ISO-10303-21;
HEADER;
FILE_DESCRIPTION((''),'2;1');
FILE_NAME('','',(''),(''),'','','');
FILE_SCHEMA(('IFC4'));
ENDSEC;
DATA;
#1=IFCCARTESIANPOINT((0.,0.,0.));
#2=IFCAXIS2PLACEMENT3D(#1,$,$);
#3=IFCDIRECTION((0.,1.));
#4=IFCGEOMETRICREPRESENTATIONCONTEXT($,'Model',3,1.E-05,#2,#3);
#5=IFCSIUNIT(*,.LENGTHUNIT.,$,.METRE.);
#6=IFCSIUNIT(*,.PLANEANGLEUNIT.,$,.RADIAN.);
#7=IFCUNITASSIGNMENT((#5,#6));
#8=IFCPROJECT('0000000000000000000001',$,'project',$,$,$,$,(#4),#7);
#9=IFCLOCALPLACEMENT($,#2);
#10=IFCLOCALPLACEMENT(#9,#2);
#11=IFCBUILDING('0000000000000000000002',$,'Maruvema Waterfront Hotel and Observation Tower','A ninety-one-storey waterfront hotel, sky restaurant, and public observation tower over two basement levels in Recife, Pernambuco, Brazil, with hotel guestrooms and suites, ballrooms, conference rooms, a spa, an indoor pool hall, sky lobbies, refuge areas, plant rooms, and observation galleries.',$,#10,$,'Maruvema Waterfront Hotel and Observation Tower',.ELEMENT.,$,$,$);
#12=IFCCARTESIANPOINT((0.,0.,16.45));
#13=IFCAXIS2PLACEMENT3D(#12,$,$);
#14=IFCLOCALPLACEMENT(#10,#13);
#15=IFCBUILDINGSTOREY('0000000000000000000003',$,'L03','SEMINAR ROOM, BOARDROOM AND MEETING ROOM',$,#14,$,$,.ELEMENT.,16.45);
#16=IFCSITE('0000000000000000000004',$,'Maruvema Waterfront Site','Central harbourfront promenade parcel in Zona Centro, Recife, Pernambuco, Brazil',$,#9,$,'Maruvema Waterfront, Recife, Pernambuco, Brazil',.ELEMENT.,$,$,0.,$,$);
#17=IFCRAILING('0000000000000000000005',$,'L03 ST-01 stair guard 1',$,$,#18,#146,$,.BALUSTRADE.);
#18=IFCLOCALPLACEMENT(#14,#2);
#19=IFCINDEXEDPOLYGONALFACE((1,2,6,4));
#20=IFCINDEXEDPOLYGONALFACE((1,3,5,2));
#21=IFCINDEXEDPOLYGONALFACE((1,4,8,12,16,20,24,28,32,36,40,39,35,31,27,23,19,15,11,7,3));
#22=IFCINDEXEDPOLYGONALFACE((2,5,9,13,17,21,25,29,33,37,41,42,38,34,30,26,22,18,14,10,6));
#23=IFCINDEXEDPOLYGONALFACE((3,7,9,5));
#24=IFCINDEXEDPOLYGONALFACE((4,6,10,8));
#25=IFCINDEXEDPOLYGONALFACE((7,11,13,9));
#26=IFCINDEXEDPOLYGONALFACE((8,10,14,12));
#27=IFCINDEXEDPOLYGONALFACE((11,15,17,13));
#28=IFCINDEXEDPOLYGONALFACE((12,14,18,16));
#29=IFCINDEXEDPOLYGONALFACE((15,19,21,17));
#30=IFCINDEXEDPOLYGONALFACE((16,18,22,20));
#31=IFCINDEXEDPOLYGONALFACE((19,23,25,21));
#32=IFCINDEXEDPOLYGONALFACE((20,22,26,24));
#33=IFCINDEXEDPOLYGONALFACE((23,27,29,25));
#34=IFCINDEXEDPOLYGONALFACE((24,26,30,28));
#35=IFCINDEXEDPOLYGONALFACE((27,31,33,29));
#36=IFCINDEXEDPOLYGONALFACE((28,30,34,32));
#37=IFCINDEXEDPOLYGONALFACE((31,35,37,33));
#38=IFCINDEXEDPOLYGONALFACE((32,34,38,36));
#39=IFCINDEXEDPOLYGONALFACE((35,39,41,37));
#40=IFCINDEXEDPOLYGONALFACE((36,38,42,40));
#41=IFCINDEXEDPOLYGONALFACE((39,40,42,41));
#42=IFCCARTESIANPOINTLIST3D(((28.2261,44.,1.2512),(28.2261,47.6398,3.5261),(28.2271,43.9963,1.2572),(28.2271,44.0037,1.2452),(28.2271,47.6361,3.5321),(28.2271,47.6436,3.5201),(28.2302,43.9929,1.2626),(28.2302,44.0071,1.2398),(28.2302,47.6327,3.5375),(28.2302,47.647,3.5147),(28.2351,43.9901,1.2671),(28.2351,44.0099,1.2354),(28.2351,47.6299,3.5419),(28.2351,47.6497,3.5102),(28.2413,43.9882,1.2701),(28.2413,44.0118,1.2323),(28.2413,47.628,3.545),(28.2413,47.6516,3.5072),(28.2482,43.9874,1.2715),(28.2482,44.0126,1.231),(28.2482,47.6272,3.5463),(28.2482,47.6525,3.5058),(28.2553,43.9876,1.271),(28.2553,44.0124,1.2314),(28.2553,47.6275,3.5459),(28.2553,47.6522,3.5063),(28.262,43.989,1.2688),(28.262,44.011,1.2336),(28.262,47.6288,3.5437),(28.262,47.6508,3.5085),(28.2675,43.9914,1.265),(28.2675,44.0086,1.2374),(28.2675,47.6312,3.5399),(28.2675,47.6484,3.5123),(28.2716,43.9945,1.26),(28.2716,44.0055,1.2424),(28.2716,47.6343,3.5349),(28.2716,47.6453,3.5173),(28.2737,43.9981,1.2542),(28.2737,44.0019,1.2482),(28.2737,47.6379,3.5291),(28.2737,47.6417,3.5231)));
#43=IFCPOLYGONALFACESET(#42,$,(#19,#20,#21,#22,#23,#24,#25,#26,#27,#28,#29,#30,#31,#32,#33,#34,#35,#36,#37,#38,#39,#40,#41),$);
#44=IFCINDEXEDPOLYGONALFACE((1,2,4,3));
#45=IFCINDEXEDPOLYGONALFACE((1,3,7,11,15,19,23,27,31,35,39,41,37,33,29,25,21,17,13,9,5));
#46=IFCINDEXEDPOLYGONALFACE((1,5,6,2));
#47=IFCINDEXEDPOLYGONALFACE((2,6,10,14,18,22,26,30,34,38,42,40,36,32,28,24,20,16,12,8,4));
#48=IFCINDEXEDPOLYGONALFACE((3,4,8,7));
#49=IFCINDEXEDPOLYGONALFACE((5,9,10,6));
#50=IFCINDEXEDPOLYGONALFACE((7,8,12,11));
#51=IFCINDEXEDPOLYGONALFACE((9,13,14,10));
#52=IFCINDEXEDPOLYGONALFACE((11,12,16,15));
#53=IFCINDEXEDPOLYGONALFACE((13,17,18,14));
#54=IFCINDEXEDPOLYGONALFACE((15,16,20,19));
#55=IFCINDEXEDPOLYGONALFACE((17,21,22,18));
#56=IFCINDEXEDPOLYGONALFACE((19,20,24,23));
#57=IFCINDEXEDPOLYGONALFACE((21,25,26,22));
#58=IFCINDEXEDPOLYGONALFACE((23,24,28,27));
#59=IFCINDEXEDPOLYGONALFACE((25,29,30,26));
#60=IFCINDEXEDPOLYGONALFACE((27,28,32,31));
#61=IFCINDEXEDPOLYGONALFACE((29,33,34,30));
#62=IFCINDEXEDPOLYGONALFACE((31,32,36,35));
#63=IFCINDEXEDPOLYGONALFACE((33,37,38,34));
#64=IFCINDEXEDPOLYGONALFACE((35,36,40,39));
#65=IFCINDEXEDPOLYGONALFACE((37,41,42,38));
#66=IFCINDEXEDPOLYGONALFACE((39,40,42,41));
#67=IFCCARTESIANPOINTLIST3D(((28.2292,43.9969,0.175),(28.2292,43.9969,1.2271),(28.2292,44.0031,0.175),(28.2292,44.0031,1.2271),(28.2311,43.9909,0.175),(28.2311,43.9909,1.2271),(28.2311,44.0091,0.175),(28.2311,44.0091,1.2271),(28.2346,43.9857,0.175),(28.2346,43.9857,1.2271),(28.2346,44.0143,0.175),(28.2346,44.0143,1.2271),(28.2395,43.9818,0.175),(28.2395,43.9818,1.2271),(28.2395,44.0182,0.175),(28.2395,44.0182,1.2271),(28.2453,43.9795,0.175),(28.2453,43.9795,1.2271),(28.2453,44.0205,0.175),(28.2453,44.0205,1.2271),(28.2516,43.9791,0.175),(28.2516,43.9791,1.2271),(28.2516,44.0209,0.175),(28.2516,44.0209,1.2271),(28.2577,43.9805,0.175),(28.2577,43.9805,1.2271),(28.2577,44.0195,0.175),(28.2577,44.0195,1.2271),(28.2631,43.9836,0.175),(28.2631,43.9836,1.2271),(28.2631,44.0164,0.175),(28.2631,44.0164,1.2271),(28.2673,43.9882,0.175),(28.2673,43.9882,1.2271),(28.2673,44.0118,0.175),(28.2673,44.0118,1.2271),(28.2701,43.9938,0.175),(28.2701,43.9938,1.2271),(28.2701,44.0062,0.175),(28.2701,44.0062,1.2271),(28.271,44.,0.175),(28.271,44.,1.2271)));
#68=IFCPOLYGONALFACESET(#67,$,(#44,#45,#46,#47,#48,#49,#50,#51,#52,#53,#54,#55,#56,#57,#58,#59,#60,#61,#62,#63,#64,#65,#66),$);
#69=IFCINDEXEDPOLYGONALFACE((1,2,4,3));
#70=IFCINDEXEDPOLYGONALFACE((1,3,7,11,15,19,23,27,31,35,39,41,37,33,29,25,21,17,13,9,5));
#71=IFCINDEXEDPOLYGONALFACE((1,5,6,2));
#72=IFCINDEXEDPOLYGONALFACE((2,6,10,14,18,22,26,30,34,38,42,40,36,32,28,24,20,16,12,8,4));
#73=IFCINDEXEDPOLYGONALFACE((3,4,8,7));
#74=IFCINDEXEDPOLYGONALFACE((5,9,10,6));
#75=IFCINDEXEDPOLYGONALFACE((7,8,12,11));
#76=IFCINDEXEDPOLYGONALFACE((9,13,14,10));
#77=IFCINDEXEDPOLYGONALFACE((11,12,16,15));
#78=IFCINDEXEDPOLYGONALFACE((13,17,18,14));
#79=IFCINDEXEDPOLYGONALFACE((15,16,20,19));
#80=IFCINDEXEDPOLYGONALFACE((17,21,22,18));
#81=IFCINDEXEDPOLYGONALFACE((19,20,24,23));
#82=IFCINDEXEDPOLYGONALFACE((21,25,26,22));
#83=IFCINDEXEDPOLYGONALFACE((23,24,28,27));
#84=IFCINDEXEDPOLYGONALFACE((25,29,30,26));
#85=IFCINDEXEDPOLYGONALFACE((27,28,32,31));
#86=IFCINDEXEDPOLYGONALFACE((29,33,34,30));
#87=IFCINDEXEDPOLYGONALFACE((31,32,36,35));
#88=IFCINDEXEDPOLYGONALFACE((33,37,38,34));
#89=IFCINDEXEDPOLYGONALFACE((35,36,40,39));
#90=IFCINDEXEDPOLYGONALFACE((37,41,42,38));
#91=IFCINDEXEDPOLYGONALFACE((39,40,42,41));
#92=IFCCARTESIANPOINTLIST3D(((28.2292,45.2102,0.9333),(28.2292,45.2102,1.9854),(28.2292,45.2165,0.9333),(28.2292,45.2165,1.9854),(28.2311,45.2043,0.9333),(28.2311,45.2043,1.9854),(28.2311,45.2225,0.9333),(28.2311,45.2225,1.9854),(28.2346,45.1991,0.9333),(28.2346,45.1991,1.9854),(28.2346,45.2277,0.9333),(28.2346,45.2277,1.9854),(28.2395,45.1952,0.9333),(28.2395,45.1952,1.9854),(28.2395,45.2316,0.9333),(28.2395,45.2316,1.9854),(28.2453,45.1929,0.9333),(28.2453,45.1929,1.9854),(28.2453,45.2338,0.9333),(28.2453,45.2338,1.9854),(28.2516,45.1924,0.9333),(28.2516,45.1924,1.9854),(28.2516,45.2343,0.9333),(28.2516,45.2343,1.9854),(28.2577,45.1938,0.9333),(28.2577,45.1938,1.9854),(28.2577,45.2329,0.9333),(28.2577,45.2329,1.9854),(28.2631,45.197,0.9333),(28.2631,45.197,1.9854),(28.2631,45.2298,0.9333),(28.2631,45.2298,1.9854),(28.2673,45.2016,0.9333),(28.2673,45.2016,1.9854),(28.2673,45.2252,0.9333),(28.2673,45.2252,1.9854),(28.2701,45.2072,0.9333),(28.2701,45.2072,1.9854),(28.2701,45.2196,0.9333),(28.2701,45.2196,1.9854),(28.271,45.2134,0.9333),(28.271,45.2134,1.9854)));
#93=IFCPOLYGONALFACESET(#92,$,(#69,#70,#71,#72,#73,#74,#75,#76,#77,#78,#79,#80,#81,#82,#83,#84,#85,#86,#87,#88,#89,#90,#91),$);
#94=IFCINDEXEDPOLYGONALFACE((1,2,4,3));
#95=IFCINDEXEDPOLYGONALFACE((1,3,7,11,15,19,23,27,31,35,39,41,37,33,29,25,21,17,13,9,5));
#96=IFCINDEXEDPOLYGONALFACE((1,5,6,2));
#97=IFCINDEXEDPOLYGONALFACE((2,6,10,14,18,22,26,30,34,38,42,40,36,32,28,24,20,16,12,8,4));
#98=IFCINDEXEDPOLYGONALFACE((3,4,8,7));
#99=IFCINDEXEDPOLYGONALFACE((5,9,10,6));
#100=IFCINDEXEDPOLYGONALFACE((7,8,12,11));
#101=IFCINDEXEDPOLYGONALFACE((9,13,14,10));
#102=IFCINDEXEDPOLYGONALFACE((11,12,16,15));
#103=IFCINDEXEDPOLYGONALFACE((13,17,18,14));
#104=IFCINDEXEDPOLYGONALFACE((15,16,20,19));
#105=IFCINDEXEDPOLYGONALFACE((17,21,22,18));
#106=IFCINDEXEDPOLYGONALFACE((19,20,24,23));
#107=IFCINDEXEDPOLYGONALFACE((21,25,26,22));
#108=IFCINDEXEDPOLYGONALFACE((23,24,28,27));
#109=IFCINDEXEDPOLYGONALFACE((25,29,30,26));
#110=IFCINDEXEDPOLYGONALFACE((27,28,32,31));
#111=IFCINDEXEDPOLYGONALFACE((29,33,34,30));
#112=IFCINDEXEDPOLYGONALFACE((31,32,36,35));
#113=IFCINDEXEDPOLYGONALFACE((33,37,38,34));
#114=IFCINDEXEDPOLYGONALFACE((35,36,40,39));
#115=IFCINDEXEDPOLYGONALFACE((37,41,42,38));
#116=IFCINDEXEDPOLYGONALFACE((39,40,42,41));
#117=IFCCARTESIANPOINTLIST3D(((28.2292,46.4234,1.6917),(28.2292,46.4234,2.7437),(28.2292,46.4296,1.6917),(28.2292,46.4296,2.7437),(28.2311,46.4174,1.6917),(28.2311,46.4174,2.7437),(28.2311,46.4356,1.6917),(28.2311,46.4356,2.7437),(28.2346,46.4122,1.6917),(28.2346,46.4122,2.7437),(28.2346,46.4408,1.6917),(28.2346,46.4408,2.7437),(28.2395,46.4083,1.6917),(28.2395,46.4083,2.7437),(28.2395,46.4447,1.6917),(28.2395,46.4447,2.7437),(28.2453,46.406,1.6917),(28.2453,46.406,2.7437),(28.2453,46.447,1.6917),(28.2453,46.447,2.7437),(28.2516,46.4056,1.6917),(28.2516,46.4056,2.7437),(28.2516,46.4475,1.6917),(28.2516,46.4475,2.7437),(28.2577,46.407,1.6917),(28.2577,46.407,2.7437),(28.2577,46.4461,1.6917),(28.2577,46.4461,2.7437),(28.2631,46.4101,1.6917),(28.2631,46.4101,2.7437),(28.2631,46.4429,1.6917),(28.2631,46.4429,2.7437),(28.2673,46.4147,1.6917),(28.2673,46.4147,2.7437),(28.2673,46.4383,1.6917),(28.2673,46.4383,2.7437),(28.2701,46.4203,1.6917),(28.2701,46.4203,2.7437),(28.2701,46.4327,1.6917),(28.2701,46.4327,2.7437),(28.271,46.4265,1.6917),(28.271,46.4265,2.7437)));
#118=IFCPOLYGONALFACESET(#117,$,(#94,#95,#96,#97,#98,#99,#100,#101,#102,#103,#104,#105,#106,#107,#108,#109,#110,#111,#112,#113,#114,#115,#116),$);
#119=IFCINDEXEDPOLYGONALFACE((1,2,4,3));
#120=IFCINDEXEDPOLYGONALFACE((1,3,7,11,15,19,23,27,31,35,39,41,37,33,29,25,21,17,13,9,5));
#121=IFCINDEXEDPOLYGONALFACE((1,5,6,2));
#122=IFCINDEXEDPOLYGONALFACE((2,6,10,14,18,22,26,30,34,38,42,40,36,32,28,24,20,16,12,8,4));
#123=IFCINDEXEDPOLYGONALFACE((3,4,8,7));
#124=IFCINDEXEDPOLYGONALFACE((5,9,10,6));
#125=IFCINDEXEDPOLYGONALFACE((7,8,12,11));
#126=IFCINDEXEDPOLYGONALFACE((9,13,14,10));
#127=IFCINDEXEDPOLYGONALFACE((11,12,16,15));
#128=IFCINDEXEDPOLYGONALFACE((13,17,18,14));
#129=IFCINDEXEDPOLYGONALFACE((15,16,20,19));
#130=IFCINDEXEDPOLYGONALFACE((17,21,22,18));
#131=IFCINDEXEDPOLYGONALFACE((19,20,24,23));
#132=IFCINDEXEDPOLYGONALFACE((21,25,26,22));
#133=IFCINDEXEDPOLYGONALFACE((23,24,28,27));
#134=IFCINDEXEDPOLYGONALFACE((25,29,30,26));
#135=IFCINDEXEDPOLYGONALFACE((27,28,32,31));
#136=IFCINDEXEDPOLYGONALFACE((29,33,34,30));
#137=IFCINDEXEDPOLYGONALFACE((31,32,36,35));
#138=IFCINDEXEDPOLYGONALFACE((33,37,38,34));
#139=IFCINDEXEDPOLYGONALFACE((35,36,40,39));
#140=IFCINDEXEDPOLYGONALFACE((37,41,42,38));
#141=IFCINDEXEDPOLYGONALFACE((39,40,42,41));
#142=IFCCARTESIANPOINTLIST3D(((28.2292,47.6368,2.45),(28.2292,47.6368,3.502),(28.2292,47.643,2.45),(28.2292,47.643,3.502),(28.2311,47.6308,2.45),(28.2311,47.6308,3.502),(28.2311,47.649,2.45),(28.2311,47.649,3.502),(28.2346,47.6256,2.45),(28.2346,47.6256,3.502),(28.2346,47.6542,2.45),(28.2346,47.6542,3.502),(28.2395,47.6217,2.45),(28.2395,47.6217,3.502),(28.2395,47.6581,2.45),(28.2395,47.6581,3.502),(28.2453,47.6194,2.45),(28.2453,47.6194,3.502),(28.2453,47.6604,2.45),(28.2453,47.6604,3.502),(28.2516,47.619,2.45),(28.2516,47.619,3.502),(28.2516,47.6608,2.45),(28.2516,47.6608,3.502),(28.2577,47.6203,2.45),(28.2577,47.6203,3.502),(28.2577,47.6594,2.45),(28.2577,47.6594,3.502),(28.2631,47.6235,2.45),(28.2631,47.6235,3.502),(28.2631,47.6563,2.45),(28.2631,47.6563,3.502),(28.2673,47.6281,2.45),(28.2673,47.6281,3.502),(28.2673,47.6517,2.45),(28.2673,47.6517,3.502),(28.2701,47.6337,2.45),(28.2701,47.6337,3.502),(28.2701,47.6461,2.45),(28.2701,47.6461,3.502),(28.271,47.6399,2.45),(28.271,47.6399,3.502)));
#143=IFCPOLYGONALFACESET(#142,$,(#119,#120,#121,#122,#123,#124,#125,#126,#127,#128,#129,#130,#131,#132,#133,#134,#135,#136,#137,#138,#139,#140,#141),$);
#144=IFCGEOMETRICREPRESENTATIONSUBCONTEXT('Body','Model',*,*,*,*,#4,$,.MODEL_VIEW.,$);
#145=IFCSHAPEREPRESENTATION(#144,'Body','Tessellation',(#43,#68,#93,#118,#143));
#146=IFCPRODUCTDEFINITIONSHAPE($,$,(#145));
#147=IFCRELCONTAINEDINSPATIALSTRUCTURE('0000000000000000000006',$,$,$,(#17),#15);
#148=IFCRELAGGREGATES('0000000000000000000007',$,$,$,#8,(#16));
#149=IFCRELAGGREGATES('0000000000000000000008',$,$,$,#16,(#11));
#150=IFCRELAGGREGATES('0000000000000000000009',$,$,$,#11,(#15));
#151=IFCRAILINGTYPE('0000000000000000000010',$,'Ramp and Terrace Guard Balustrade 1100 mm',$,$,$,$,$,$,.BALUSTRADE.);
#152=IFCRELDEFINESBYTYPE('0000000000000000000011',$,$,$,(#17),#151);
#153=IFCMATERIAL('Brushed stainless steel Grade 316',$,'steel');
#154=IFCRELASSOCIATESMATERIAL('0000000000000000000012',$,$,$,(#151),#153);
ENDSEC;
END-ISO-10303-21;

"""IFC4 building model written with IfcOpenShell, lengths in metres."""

from ifc_helpers import new_model, si_unit, direction, frame, origin, origin_2d, place, context, subcontext, project, spatial, circle, extrude, material, type_object, element, save


model = new_model("IFC4")

# Units and contexts
model_context = context("Model", 3, precision=1e-05, world=origin(), true_north=direction((0.0, 1.0)))
body_context = subcontext(model_context, "Body", "Model", "MODEL_VIEW")
ifc_project = project(units=[si_unit("LENGTHUNIT", "METRE"), si_unit("PLANEANGLEUNIT", "RADIAN")], contexts=[model_context])

# Site, building, storey
site_placement = place(None, origin())
site = spatial("IfcSite", under=ifc_project, at=site_placement, Name="Maruvema Waterfront Site", Description="Central harbourfront promenade parcel in Zona Centro, Recife, Pernambuco, Brazil", LongName="Maruvema Waterfront, Recife, Pernambuco, Brazil", CompositionType="ELEMENT", RefElevation=0.0)
building_placement = place(site_placement, origin())
building = spatial("IfcBuilding", under=site, at=building_placement, Name="Maruvema Waterfront Hotel and Observation Tower", Description="A ninety-one-storey waterfront hotel, sky restaurant, and public observation tower over two basement levels in Recife, Pernambuco, Brazil, with hotel guestrooms and suites, ballrooms, conference rooms, a spa, an indoor pool hall, sky lobbies, refuge areas, plant rooms, and observation galleries.", LongName="Maruvema Waterfront Hotel and Observation Tower", CompositionType="ELEMENT")
storey_placement = place(building_placement, frame((0.0, 0.0, 16.45)))
storey = spatial("IfcBuildingStorey", under=building, at=storey_placement, Name="L03", Description="SEMINAR ROOM, BOARDROOM AND MEETING ROOM", CompositionType="ELEMENT", Elevation=16.45)

# Railing
ifc_material_1 = material(Name="Brushed stainless steel Grade 316", Category="steel")
railing_type_1 = type_object("IfcRailingType", Name="Ramp and Terrace Guard Balustrade 1100 mm", PredefinedType="BALUSTRADE", material=ifc_material_1)
railing_1_placement = place(storey_placement, frame((28.25, 44.0, 0.175)))
element("IfcRailing", 1, at=railing_1_placement, inside=storey, type_object=railing_type_1, Name="L03 ST-01 stair guard 1", PredefinedType="BALUSTRADE", context=body_context, shape_type="SweptSolid", body=[
    extrude(circle(Radius=0.0239, at=origin_2d()), frame((0.0, 0.0, 1.0762), z_axis=(0.0, 0.848001, 0.529994), x_axis=(-1.0, 0.0, 0.0)), (0.0, 0.0, 1.0), 4.2922),
    extrude(circle(Radius=0.021, at=origin_2d()), origin(), (0.0, 0.0, 1.0), 1.052),
    extrude(circle(Radius=0.021, at=origin_2d()), frame((0.0, 1.2134, 0.7583)), (0.0, 0.0, 1.0), 1.052),
    extrude(circle(Radius=0.021, at=origin_2d()), frame((0.0, 2.4265, 1.5166)), (0.0, 0.0, 1.0), 1.052),
    extrude(circle(Radius=0.021, at=origin_2d()), frame((0.0, 3.6399, 2.2749)), (0.0, 0.0, 1.0), 1.052),
])

save(model, "model.ifc")
